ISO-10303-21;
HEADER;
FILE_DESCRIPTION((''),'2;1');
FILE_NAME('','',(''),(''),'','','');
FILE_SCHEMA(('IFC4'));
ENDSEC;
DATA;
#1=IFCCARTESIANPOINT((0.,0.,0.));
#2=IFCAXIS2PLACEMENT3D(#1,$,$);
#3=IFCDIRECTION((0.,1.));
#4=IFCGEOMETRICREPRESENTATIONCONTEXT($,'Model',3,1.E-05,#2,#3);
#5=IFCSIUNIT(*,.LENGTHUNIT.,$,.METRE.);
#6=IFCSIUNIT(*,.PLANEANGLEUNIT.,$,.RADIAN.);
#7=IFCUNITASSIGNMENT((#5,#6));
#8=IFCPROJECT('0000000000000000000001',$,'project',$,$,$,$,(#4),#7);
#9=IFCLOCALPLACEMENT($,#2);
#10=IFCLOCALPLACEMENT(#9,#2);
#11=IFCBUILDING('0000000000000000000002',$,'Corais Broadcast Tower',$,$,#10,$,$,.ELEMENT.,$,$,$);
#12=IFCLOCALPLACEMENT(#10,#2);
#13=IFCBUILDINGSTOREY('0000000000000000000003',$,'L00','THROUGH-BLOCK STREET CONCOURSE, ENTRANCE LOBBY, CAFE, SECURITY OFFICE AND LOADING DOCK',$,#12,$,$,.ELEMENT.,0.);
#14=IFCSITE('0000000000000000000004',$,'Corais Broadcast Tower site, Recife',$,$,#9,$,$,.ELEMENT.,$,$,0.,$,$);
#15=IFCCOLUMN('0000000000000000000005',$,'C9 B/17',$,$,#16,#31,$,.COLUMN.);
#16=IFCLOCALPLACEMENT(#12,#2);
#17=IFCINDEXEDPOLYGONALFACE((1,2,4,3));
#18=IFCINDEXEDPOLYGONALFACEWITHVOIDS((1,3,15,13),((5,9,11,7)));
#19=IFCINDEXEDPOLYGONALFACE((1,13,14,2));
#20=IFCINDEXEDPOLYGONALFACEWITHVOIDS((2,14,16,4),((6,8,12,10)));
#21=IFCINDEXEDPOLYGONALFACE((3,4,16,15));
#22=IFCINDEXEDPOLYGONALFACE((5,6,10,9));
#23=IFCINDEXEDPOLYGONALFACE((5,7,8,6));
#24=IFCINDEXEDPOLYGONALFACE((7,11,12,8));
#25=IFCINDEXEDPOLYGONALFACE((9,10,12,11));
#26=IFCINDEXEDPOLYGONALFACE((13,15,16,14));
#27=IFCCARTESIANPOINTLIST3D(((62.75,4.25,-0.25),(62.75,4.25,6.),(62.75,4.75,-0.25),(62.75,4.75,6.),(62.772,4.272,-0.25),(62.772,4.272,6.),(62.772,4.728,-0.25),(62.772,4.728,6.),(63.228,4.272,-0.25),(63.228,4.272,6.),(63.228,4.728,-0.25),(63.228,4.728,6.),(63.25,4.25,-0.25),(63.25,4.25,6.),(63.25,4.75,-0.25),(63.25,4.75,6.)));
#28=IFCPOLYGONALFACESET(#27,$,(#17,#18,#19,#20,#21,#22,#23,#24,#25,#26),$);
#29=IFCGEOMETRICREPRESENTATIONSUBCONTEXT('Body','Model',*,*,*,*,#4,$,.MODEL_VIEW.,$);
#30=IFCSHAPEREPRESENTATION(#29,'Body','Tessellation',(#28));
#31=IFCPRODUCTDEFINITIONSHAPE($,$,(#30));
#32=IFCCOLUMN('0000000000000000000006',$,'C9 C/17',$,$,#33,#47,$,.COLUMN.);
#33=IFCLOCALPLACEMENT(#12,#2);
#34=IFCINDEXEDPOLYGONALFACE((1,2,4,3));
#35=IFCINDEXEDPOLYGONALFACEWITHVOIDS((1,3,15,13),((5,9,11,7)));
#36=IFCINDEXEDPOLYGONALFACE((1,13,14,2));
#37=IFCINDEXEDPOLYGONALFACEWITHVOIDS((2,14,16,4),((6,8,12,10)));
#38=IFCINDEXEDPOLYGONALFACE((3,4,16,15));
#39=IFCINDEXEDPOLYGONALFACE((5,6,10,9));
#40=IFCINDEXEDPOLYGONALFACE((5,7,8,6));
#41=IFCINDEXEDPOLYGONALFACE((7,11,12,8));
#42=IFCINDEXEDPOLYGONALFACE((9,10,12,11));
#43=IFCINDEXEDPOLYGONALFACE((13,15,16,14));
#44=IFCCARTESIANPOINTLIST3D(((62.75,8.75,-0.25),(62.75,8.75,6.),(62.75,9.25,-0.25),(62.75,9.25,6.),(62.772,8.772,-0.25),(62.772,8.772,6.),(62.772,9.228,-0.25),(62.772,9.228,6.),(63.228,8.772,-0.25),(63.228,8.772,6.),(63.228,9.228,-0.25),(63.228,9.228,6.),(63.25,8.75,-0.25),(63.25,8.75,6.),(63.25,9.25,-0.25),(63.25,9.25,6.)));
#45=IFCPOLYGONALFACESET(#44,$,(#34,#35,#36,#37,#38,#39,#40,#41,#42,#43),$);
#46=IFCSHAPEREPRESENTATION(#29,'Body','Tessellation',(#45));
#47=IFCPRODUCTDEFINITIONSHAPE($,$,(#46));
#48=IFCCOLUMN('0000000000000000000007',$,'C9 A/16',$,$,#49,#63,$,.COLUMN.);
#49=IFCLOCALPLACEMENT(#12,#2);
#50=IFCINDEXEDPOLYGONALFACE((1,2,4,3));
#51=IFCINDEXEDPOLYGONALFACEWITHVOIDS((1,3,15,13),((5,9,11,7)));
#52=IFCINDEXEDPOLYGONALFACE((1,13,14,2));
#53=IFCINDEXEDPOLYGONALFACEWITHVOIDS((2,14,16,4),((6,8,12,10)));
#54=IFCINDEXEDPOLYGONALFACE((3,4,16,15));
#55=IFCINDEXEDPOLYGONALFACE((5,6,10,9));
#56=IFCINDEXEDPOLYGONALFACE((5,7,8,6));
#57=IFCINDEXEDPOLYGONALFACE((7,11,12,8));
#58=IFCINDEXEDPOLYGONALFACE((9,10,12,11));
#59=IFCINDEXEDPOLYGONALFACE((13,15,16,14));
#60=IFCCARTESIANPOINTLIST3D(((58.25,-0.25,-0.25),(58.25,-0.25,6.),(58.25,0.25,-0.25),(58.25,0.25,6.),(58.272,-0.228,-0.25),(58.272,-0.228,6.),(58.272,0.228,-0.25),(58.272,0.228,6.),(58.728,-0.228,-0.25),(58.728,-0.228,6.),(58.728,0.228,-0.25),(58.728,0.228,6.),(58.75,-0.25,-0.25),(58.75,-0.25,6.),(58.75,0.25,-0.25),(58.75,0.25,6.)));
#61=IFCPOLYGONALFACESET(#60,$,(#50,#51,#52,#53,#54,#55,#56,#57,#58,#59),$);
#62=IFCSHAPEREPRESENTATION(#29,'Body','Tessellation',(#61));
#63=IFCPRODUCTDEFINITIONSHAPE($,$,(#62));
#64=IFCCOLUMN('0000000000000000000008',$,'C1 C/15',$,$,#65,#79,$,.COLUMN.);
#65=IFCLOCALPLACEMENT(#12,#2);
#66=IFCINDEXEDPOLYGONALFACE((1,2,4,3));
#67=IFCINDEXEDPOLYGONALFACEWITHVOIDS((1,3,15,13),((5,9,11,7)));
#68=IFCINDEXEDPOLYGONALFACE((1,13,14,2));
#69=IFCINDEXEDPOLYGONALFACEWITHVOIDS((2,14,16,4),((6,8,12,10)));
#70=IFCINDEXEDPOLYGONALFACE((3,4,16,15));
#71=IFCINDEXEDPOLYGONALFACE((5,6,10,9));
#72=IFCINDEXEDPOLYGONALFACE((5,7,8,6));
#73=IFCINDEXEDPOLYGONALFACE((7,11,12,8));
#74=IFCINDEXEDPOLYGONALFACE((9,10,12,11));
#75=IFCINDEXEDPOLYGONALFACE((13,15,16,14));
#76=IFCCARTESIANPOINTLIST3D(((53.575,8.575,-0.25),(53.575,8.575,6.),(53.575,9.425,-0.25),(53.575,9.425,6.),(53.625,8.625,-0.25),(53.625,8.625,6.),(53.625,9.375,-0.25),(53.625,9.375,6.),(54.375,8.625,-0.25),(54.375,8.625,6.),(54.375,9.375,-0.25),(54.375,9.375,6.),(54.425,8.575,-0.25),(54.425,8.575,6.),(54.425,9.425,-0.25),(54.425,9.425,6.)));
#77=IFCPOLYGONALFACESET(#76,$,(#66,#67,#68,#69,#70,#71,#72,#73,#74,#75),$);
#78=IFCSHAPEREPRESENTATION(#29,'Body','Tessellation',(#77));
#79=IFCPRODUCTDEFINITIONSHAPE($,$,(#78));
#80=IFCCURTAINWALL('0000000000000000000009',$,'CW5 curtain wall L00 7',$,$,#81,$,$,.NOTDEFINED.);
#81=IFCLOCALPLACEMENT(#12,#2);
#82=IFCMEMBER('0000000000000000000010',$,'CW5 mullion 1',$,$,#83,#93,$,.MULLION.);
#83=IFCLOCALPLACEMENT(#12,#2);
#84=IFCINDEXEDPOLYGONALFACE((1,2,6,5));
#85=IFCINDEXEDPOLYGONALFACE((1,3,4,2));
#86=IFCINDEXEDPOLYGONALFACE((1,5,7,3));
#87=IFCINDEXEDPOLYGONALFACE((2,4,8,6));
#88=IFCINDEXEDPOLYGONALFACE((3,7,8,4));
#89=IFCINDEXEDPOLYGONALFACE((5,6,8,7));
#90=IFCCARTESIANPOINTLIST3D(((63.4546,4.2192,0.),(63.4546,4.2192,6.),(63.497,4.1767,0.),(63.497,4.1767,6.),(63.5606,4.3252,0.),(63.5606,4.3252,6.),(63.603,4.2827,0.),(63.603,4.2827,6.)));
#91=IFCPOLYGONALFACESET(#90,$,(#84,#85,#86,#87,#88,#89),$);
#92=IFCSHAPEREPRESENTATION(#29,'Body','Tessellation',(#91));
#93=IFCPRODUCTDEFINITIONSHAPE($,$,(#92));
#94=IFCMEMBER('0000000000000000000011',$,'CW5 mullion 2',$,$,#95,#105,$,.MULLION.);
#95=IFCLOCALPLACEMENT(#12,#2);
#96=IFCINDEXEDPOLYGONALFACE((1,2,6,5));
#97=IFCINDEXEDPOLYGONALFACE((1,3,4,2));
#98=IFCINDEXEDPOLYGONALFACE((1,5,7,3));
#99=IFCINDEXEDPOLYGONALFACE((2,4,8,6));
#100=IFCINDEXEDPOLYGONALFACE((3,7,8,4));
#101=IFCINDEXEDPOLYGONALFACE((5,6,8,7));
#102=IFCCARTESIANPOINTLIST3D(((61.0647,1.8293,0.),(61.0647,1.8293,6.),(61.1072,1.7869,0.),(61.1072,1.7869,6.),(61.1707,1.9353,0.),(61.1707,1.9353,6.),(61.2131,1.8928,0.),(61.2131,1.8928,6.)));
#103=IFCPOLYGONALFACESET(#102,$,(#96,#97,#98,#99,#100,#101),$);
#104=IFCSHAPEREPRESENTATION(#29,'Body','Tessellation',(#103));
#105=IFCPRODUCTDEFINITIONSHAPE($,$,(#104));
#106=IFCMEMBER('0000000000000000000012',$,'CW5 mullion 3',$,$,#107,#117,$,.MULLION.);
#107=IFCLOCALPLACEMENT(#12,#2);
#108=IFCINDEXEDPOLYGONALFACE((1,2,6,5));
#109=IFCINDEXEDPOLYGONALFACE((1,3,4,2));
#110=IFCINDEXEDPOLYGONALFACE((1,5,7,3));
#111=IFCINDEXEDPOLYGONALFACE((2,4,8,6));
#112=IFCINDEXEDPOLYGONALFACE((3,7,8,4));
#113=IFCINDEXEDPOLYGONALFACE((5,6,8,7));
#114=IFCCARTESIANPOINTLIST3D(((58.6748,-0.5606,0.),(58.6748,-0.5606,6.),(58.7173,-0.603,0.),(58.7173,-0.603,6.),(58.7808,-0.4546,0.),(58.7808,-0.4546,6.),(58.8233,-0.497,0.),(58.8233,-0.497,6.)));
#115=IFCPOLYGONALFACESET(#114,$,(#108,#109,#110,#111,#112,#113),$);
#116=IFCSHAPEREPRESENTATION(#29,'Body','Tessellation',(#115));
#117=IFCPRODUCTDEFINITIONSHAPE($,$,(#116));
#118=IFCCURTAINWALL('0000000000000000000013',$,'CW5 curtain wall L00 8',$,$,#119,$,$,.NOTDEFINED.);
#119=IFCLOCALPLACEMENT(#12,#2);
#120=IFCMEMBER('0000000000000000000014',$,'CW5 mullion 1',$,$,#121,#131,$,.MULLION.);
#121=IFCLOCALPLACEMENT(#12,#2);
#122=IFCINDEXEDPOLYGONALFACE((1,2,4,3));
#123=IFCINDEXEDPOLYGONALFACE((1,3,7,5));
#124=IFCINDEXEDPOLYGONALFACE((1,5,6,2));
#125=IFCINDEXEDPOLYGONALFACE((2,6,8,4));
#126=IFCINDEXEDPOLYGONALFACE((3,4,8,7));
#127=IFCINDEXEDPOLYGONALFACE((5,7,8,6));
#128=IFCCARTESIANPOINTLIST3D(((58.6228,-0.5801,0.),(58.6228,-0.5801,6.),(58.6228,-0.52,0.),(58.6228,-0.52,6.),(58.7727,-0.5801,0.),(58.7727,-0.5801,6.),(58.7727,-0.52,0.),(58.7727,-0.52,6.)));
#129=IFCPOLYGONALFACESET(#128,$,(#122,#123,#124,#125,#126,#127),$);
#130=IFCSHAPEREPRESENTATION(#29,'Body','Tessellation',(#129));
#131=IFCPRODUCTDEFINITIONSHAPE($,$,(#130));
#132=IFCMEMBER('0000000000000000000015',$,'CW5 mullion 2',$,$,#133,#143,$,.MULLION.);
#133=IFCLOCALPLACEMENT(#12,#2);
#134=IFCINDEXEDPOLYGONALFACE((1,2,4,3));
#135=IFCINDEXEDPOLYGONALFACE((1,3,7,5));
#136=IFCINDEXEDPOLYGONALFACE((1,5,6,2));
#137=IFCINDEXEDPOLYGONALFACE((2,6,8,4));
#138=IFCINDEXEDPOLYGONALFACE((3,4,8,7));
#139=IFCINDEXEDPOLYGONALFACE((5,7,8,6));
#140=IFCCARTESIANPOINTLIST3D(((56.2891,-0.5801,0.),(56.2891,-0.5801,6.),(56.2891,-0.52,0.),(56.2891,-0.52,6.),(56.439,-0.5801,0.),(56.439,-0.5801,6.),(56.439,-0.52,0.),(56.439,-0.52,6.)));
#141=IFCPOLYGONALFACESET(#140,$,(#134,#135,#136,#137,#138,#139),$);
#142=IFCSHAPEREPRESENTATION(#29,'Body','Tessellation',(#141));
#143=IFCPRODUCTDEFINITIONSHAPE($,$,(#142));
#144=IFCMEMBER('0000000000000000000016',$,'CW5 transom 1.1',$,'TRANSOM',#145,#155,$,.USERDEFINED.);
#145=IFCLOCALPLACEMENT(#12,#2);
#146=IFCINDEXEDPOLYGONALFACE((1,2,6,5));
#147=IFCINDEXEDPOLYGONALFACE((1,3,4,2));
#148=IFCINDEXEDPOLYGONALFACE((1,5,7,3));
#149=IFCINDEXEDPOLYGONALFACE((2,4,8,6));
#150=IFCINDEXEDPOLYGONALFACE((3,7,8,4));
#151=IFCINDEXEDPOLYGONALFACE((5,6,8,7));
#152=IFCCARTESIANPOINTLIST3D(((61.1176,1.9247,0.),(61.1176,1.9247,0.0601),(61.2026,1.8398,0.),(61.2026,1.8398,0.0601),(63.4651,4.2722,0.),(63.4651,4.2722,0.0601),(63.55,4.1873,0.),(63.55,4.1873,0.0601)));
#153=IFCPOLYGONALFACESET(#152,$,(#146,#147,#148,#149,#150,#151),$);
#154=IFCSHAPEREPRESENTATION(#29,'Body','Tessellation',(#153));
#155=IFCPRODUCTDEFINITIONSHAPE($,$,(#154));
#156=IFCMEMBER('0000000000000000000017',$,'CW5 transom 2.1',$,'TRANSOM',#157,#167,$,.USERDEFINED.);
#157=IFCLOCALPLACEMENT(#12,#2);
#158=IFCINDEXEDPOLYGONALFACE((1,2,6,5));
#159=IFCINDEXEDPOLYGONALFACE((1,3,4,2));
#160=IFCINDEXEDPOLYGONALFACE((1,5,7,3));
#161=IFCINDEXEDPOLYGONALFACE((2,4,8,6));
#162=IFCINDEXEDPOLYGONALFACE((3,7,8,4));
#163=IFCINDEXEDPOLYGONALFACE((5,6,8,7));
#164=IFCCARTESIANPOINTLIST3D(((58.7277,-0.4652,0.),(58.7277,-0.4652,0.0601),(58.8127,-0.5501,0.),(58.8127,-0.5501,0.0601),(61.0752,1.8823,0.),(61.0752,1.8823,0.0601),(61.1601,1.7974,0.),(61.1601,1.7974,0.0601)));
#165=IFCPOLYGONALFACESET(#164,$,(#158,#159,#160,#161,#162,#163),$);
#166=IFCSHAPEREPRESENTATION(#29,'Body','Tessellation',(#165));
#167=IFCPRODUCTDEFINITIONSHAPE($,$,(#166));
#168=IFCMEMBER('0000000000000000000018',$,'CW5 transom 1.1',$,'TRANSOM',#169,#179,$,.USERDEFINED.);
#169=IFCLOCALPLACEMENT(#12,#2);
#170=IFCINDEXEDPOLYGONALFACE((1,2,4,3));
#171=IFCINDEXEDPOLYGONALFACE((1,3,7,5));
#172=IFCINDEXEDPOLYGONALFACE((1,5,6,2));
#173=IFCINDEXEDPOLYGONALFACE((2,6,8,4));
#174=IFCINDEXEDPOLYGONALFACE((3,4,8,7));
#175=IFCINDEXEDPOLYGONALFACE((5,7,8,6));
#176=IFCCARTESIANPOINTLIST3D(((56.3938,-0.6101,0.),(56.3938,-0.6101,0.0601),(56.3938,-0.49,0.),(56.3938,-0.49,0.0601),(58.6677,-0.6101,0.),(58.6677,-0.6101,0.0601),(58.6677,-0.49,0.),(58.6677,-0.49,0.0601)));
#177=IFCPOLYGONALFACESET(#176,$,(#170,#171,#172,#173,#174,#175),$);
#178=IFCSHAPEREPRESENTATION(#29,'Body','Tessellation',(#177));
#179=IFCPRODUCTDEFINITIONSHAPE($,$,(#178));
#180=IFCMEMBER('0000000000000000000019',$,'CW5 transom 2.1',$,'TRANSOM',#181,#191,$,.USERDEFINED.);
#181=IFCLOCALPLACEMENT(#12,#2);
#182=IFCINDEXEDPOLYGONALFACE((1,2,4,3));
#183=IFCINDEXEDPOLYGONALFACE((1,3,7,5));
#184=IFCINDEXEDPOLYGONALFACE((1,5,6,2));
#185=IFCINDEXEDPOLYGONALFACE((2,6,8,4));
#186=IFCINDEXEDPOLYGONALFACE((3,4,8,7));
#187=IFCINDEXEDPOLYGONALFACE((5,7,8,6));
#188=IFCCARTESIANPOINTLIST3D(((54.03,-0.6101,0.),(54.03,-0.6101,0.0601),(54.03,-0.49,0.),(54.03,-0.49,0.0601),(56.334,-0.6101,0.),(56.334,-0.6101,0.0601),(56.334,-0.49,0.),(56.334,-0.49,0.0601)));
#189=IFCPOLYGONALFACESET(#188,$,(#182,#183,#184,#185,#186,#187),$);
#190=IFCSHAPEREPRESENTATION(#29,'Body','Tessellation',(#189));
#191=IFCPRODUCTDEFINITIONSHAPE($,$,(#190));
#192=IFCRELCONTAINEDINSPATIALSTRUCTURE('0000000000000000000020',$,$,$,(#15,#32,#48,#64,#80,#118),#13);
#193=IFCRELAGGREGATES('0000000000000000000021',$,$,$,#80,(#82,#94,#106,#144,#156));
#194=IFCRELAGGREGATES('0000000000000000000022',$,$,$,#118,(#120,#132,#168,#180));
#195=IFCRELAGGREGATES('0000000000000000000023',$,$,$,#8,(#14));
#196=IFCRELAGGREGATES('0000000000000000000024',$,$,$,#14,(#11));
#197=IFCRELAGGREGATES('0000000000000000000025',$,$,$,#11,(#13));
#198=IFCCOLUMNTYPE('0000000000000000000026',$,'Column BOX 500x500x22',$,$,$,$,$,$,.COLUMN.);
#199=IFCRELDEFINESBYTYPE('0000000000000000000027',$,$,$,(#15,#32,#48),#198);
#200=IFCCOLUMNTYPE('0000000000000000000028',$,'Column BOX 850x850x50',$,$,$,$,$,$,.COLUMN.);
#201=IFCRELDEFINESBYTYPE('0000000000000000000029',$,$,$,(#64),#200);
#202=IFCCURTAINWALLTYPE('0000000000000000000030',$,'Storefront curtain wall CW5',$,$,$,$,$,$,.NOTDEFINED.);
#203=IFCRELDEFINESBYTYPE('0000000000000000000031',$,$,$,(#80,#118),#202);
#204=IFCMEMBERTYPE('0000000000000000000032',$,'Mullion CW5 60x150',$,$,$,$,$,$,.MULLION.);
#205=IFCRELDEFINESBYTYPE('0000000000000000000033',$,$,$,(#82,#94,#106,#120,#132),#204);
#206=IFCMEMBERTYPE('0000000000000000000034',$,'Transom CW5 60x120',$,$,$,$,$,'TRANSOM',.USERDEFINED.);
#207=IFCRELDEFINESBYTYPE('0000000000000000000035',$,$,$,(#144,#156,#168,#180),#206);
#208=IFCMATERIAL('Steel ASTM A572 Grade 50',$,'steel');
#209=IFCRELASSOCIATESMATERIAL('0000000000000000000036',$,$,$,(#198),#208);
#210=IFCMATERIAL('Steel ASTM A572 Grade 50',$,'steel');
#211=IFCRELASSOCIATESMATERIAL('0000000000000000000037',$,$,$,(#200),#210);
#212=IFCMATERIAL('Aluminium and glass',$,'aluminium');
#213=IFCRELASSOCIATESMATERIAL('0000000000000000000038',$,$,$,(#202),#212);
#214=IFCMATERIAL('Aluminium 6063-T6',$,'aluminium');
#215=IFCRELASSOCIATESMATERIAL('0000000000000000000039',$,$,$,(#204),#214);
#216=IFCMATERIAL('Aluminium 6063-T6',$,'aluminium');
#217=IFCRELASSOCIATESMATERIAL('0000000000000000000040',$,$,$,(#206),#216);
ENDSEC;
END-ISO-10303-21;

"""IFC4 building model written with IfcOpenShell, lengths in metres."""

from ifc_helpers import new_model, si_unit, direction, frame, origin, origin_2d, place, context, subcontext, project, spatial, rectangle, hollow_rectangle, extrude, material, material_profile, profile_set, type_object, element, aggregate, save


model = new_model("IFC4")

# Units and contexts
model_context = context("Model", 3, precision=1e-05, world=origin(), true_north=direction((0.0, 1.0)))
body_context = subcontext(model_context, "Body", "Model", "MODEL_VIEW")
ifc_project = project(units=[si_unit("LENGTHUNIT", "METRE"), si_unit("PLANEANGLEUNIT", "RADIAN")], contexts=[model_context])

# Site, building, storey
site_placement = place(None, origin())
site = spatial("IfcSite", under=ifc_project, at=site_placement, Name="Corais Broadcast Tower site, Recife", CompositionType="ELEMENT", RefElevation=0.0)
building_placement = place(site_placement, origin())
building = spatial("IfcBuilding", under=site, at=building_placement, Name="Corais Broadcast Tower", CompositionType="ELEMENT")
storey_placement = place(building_placement, origin())
storey = spatial("IfcBuildingStorey", under=building, at=storey_placement, Name="L00", Description="THROUGH-BLOCK STREET CONCOURSE, ENTRANCE LOBBY, CAFE, SECURITY OFFICE AND LOADING DOCK", CompositionType="ELEMENT", Elevation=0.0)

# Columns
ifc_material_1 = material(Name="Steel ASTM A572 Grade 50", Category="steel")
ifc_material_profile_1 = material_profile(ifc_material_1, hollow_rectangle(XDim=0.5, YDim=0.5, WallThickness=0.022, at=origin_2d()), Name="BOX 500x500x22")
ifc_profile_set_1 = profile_set([ifc_material_profile_1], Name="Steel ASTM A572 Grade 50")
column_type_1 = type_object("IfcColumnType", Name="Column BOX 500x500x22", PredefinedType="COLUMN", material=ifc_profile_set_1)
for number, where, z_axis, x_axis, name in (
    (1, (63.0, 4.5, -0.25), (0.0, 0.0, 1.0), (1.0, 0.0, 0.0), "C9 B/17"),
    (2, (63.0, 9.0, -0.25), (0.0, 0.0, 1.0), (1.0, 0.0, 0.0), "C9 C/17"),
    (3, (58.5, 0.0, -0.25), (0.0, 0.0, 1.0), (1.0, 0.0, 0.0), "C9 A/16"),
):
    element("IfcColumn", number, at=place(storey_placement, frame(where, z_axis=z_axis, x_axis=x_axis)), inside=storey, type_object=column_type_1, Name=name, PredefinedType="COLUMN", context=body_context, shape_type="SweptSolid", body=[
        extrude(hollow_rectangle(XDim=0.5, YDim=0.5, WallThickness=0.022, at=origin_2d()), origin(), (0.0, 0.0, 1.0), 6.25),
    ])
ifc_material_2 = material(Name="Steel ASTM A572 Grade 50", Category="steel")
ifc_material_profile_2 = material_profile(ifc_material_2, hollow_rectangle(XDim=0.8501, YDim=0.8501, WallThickness=0.05, at=origin_2d()), Name="BOX 850x850x50")
ifc_profile_set_2 = profile_set([ifc_material_profile_2], Name="Steel ASTM A572 Grade 50")
column_type_2 = type_object("IfcColumnType", Name="Column BOX 850x850x50", PredefinedType="COLUMN", material=ifc_profile_set_2)
column_placement = place(storey_placement, frame((54.0, 9.0, -0.25), z_axis=(0.0, 0.0, 1.0), x_axis=(1.0, 0.0, 0.0)))
element("IfcColumn", 4, at=column_placement, inside=storey, type_object=column_type_2, Name="C1 C/15", PredefinedType="COLUMN", context=body_context, shape_type="SweptSolid", body=[
    extrude(hollow_rectangle(XDim=0.8501, YDim=0.8501, WallThickness=0.05, at=origin_2d()), origin(), (0.0, 0.0, 1.0), 6.25),
])

# Curtain walls, members
ifc_material_3 = material(Name="Aluminium and glass", Category="aluminium")
curtain_wall_type = type_object("IfcCurtainWallType", Name="Storefront curtain wall CW5", PredefinedType="NOTDEFINED", material=ifc_material_3)
curtain_wall_1_placement = place(storey_placement, origin())
curtain_wall_1 = element("IfcCurtainWall", 5, at=curtain_wall_1_placement, inside=storey, type_object=curtain_wall_type, Name="CW5 curtain wall L00 7", PredefinedType="NOTDEFINED")
ifc_material_4 = material(Name="Aluminium 6063-T6", Category="aluminium")
ifc_material_profile_3 = material_profile(ifc_material_4, rectangle(XDim=0.0601, YDim=0.1499, at=origin_2d()), Name="Mullion CW5 60x150")
ifc_profile_set_3 = profile_set([ifc_material_profile_3], Name="Aluminium 6063-T6")
member_type_1 = type_object("IfcMemberType", Name="Mullion CW5 60x150", PredefinedType="MULLION", material=ifc_profile_set_3)
member_1_placement = place(storey_placement, frame((63.5288, 4.251, 0.0), z_axis=(0.0, 0.0, 1.0), x_axis=(0.707107, -0.707107, 0.0)))
member_1 = element("IfcMember", 6, at=member_1_placement, type_object=member_type_1, Name="CW5 mullion 1", PredefinedType="MULLION", context=body_context, shape_type="SweptSolid", body=[
    extrude(rectangle(XDim=0.0601, YDim=0.1499, at=origin_2d()), origin(), (0.0, 0.0, 1.0), 6.0),
])
member_2_placement = place(storey_placement, frame((61.1389, 1.8611, 0.0), z_axis=(0.0, 0.0, 1.0), x_axis=(0.707107, -0.707107, 0.0)))
member_2 = element("IfcMember", 7, at=member_2_placement, type_object=member_type_1, Name="CW5 mullion 2", PredefinedType="MULLION", context=body_context, shape_type="SweptSolid", body=[
    extrude(rectangle(XDim=0.0601, YDim=0.1499, at=origin_2d()), origin(), (0.0, 0.0, 1.0), 6.0),
])
member_3_placement = place(storey_placement, frame((58.749, -0.5288, 0.0), z_axis=(0.0, 0.0, 1.0), x_axis=(0.707107, -0.707107, 0.0)))
member_3 = element("IfcMember", 8, at=member_3_placement, type_object=member_type_1, Name="CW5 mullion 3", PredefinedType="MULLION", context=body_context, shape_type="SweptSolid", body=[
    extrude(rectangle(XDim=0.0601, YDim=0.1499, at=origin_2d()), origin(), (0.0, 0.0, 1.0), 6.0),
])
curtain_wall_2_placement = place(storey_placement, origin())
curtain_wall_2 = element("IfcCurtainWall", 9, at=curtain_wall_2_placement, inside=storey, type_object=curtain_wall_type, Name="CW5 curtain wall L00 8", PredefinedType="NOTDEFINED")
member_4_placement = place(storey_placement, frame((58.6978, -0.55, 0.0), z_axis=(0.0, 0.0, 1.0), x_axis=(0.0, -1.0, 0.0)))
member_4 = element("IfcMember", 10, at=member_4_placement, type_object=member_type_1, Name="CW5 mullion 1", PredefinedType="MULLION", context=body_context, shape_type="SweptSolid", body=[
    extrude(rectangle(XDim=0.0601, YDim=0.1499, at=origin_2d()), origin(), (0.0, 0.0, 1.0), 6.0),
])
member_5_placement = place(storey_placement, frame((56.364, -0.55, 0.0), z_axis=(0.0, 0.0, 1.0), x_axis=(0.0, -1.0, 0.0)))
member_5 = element("IfcMember", 11, at=member_5_placement, type_object=member_type_1, Name="CW5 mullion 2", PredefinedType="MULLION", context=body_context, shape_type="SweptSolid", body=[
    extrude(rectangle(XDim=0.0601, YDim=0.1499, at=origin_2d()), origin(), (0.0, 0.0, 1.0), 6.0),
])

# Members
ifc_material_5 = material(Name="Aluminium 6063-T6", Category="aluminium")
ifc_material_profile_4 = material_profile(ifc_material_5, rectangle(XDim=0.1201, YDim=0.0601, at=origin_2d()), Name="Transom CW5 60x120")
ifc_profile_set_4 = profile_set([ifc_material_profile_4], Name="Aluminium 6063-T6")
member_type_2 = type_object("IfcMemberType", Name="Transom CW5 60x120", ElementType="TRANSOM", PredefinedType="USERDEFINED", material=ifc_profile_set_4)
member_6_placement = place(storey_placement, frame((63.5076, 4.2297, 0.03), z_axis=(-0.707107, -0.707107, 0.0), x_axis=(0.707107, -0.707107, 0.0)))
member_6 = element("IfcMember", 12, at=member_6_placement, type_object=member_type_2, Name="CW5 transom 1.1", ObjectType="TRANSOM", PredefinedType="USERDEFINED", context=body_context, shape_type="SweptSolid", body=[
    extrude(rectangle(XDim=0.1201, YDim=0.0601, at=origin_2d()), origin(), (0.0, 0.0, 1.0), 3.3198),
])
member_7_placement = place(storey_placement, frame((61.1177, 1.8398, 0.03), z_axis=(-0.707107, -0.707107, 0.0), x_axis=(0.707107, -0.707107, 0.0)))
member_7 = element("IfcMember", 13, at=member_7_placement, type_object=member_type_2, Name="CW5 transom 2.1", ObjectType="TRANSOM", PredefinedType="USERDEFINED", context=body_context, shape_type="SweptSolid", body=[
    extrude(rectangle(XDim=0.1201, YDim=0.0601, at=origin_2d()), origin(), (0.0, 0.0, 1.0), 3.3198),
])
member_8_placement = place(storey_placement, frame((58.6677, -0.55, 0.03), z_axis=(-1.0, 0.0, 0.0), x_axis=(0.0, -1.0, 0.0)))
member_8 = element("IfcMember", 14, at=member_8_placement, type_object=member_type_2, Name="CW5 transom 1.1", ObjectType="TRANSOM", PredefinedType="USERDEFINED", context=body_context, shape_type="SweptSolid", body=[
    extrude(rectangle(XDim=0.1201, YDim=0.0601, at=origin_2d()), origin(), (0.0, 0.0, 1.0), 2.2739),
])
member_9_placement = place(storey_placement, frame((56.334, -0.55, 0.03), z_axis=(-1.0, 0.0, 0.0), x_axis=(0.0, -1.0, 0.0)))
member_9 = element("IfcMember", 15, at=member_9_placement, type_object=member_type_2, Name="CW5 transom 2.1", ObjectType="TRANSOM", PredefinedType="USERDEFINED", context=body_context, shape_type="SweptSolid", body=[
    extrude(rectangle(XDim=0.1201, YDim=0.0601, at=origin_2d()), origin(), (0.0, 0.0, 1.0), 2.304),
])

aggregate(curtain_wall_1, [member_1, member_2, member_3, member_6, member_7])
aggregate(curtain_wall_2, [member_4, member_5, member_8, member_9])

save(model, "model.ifc")
